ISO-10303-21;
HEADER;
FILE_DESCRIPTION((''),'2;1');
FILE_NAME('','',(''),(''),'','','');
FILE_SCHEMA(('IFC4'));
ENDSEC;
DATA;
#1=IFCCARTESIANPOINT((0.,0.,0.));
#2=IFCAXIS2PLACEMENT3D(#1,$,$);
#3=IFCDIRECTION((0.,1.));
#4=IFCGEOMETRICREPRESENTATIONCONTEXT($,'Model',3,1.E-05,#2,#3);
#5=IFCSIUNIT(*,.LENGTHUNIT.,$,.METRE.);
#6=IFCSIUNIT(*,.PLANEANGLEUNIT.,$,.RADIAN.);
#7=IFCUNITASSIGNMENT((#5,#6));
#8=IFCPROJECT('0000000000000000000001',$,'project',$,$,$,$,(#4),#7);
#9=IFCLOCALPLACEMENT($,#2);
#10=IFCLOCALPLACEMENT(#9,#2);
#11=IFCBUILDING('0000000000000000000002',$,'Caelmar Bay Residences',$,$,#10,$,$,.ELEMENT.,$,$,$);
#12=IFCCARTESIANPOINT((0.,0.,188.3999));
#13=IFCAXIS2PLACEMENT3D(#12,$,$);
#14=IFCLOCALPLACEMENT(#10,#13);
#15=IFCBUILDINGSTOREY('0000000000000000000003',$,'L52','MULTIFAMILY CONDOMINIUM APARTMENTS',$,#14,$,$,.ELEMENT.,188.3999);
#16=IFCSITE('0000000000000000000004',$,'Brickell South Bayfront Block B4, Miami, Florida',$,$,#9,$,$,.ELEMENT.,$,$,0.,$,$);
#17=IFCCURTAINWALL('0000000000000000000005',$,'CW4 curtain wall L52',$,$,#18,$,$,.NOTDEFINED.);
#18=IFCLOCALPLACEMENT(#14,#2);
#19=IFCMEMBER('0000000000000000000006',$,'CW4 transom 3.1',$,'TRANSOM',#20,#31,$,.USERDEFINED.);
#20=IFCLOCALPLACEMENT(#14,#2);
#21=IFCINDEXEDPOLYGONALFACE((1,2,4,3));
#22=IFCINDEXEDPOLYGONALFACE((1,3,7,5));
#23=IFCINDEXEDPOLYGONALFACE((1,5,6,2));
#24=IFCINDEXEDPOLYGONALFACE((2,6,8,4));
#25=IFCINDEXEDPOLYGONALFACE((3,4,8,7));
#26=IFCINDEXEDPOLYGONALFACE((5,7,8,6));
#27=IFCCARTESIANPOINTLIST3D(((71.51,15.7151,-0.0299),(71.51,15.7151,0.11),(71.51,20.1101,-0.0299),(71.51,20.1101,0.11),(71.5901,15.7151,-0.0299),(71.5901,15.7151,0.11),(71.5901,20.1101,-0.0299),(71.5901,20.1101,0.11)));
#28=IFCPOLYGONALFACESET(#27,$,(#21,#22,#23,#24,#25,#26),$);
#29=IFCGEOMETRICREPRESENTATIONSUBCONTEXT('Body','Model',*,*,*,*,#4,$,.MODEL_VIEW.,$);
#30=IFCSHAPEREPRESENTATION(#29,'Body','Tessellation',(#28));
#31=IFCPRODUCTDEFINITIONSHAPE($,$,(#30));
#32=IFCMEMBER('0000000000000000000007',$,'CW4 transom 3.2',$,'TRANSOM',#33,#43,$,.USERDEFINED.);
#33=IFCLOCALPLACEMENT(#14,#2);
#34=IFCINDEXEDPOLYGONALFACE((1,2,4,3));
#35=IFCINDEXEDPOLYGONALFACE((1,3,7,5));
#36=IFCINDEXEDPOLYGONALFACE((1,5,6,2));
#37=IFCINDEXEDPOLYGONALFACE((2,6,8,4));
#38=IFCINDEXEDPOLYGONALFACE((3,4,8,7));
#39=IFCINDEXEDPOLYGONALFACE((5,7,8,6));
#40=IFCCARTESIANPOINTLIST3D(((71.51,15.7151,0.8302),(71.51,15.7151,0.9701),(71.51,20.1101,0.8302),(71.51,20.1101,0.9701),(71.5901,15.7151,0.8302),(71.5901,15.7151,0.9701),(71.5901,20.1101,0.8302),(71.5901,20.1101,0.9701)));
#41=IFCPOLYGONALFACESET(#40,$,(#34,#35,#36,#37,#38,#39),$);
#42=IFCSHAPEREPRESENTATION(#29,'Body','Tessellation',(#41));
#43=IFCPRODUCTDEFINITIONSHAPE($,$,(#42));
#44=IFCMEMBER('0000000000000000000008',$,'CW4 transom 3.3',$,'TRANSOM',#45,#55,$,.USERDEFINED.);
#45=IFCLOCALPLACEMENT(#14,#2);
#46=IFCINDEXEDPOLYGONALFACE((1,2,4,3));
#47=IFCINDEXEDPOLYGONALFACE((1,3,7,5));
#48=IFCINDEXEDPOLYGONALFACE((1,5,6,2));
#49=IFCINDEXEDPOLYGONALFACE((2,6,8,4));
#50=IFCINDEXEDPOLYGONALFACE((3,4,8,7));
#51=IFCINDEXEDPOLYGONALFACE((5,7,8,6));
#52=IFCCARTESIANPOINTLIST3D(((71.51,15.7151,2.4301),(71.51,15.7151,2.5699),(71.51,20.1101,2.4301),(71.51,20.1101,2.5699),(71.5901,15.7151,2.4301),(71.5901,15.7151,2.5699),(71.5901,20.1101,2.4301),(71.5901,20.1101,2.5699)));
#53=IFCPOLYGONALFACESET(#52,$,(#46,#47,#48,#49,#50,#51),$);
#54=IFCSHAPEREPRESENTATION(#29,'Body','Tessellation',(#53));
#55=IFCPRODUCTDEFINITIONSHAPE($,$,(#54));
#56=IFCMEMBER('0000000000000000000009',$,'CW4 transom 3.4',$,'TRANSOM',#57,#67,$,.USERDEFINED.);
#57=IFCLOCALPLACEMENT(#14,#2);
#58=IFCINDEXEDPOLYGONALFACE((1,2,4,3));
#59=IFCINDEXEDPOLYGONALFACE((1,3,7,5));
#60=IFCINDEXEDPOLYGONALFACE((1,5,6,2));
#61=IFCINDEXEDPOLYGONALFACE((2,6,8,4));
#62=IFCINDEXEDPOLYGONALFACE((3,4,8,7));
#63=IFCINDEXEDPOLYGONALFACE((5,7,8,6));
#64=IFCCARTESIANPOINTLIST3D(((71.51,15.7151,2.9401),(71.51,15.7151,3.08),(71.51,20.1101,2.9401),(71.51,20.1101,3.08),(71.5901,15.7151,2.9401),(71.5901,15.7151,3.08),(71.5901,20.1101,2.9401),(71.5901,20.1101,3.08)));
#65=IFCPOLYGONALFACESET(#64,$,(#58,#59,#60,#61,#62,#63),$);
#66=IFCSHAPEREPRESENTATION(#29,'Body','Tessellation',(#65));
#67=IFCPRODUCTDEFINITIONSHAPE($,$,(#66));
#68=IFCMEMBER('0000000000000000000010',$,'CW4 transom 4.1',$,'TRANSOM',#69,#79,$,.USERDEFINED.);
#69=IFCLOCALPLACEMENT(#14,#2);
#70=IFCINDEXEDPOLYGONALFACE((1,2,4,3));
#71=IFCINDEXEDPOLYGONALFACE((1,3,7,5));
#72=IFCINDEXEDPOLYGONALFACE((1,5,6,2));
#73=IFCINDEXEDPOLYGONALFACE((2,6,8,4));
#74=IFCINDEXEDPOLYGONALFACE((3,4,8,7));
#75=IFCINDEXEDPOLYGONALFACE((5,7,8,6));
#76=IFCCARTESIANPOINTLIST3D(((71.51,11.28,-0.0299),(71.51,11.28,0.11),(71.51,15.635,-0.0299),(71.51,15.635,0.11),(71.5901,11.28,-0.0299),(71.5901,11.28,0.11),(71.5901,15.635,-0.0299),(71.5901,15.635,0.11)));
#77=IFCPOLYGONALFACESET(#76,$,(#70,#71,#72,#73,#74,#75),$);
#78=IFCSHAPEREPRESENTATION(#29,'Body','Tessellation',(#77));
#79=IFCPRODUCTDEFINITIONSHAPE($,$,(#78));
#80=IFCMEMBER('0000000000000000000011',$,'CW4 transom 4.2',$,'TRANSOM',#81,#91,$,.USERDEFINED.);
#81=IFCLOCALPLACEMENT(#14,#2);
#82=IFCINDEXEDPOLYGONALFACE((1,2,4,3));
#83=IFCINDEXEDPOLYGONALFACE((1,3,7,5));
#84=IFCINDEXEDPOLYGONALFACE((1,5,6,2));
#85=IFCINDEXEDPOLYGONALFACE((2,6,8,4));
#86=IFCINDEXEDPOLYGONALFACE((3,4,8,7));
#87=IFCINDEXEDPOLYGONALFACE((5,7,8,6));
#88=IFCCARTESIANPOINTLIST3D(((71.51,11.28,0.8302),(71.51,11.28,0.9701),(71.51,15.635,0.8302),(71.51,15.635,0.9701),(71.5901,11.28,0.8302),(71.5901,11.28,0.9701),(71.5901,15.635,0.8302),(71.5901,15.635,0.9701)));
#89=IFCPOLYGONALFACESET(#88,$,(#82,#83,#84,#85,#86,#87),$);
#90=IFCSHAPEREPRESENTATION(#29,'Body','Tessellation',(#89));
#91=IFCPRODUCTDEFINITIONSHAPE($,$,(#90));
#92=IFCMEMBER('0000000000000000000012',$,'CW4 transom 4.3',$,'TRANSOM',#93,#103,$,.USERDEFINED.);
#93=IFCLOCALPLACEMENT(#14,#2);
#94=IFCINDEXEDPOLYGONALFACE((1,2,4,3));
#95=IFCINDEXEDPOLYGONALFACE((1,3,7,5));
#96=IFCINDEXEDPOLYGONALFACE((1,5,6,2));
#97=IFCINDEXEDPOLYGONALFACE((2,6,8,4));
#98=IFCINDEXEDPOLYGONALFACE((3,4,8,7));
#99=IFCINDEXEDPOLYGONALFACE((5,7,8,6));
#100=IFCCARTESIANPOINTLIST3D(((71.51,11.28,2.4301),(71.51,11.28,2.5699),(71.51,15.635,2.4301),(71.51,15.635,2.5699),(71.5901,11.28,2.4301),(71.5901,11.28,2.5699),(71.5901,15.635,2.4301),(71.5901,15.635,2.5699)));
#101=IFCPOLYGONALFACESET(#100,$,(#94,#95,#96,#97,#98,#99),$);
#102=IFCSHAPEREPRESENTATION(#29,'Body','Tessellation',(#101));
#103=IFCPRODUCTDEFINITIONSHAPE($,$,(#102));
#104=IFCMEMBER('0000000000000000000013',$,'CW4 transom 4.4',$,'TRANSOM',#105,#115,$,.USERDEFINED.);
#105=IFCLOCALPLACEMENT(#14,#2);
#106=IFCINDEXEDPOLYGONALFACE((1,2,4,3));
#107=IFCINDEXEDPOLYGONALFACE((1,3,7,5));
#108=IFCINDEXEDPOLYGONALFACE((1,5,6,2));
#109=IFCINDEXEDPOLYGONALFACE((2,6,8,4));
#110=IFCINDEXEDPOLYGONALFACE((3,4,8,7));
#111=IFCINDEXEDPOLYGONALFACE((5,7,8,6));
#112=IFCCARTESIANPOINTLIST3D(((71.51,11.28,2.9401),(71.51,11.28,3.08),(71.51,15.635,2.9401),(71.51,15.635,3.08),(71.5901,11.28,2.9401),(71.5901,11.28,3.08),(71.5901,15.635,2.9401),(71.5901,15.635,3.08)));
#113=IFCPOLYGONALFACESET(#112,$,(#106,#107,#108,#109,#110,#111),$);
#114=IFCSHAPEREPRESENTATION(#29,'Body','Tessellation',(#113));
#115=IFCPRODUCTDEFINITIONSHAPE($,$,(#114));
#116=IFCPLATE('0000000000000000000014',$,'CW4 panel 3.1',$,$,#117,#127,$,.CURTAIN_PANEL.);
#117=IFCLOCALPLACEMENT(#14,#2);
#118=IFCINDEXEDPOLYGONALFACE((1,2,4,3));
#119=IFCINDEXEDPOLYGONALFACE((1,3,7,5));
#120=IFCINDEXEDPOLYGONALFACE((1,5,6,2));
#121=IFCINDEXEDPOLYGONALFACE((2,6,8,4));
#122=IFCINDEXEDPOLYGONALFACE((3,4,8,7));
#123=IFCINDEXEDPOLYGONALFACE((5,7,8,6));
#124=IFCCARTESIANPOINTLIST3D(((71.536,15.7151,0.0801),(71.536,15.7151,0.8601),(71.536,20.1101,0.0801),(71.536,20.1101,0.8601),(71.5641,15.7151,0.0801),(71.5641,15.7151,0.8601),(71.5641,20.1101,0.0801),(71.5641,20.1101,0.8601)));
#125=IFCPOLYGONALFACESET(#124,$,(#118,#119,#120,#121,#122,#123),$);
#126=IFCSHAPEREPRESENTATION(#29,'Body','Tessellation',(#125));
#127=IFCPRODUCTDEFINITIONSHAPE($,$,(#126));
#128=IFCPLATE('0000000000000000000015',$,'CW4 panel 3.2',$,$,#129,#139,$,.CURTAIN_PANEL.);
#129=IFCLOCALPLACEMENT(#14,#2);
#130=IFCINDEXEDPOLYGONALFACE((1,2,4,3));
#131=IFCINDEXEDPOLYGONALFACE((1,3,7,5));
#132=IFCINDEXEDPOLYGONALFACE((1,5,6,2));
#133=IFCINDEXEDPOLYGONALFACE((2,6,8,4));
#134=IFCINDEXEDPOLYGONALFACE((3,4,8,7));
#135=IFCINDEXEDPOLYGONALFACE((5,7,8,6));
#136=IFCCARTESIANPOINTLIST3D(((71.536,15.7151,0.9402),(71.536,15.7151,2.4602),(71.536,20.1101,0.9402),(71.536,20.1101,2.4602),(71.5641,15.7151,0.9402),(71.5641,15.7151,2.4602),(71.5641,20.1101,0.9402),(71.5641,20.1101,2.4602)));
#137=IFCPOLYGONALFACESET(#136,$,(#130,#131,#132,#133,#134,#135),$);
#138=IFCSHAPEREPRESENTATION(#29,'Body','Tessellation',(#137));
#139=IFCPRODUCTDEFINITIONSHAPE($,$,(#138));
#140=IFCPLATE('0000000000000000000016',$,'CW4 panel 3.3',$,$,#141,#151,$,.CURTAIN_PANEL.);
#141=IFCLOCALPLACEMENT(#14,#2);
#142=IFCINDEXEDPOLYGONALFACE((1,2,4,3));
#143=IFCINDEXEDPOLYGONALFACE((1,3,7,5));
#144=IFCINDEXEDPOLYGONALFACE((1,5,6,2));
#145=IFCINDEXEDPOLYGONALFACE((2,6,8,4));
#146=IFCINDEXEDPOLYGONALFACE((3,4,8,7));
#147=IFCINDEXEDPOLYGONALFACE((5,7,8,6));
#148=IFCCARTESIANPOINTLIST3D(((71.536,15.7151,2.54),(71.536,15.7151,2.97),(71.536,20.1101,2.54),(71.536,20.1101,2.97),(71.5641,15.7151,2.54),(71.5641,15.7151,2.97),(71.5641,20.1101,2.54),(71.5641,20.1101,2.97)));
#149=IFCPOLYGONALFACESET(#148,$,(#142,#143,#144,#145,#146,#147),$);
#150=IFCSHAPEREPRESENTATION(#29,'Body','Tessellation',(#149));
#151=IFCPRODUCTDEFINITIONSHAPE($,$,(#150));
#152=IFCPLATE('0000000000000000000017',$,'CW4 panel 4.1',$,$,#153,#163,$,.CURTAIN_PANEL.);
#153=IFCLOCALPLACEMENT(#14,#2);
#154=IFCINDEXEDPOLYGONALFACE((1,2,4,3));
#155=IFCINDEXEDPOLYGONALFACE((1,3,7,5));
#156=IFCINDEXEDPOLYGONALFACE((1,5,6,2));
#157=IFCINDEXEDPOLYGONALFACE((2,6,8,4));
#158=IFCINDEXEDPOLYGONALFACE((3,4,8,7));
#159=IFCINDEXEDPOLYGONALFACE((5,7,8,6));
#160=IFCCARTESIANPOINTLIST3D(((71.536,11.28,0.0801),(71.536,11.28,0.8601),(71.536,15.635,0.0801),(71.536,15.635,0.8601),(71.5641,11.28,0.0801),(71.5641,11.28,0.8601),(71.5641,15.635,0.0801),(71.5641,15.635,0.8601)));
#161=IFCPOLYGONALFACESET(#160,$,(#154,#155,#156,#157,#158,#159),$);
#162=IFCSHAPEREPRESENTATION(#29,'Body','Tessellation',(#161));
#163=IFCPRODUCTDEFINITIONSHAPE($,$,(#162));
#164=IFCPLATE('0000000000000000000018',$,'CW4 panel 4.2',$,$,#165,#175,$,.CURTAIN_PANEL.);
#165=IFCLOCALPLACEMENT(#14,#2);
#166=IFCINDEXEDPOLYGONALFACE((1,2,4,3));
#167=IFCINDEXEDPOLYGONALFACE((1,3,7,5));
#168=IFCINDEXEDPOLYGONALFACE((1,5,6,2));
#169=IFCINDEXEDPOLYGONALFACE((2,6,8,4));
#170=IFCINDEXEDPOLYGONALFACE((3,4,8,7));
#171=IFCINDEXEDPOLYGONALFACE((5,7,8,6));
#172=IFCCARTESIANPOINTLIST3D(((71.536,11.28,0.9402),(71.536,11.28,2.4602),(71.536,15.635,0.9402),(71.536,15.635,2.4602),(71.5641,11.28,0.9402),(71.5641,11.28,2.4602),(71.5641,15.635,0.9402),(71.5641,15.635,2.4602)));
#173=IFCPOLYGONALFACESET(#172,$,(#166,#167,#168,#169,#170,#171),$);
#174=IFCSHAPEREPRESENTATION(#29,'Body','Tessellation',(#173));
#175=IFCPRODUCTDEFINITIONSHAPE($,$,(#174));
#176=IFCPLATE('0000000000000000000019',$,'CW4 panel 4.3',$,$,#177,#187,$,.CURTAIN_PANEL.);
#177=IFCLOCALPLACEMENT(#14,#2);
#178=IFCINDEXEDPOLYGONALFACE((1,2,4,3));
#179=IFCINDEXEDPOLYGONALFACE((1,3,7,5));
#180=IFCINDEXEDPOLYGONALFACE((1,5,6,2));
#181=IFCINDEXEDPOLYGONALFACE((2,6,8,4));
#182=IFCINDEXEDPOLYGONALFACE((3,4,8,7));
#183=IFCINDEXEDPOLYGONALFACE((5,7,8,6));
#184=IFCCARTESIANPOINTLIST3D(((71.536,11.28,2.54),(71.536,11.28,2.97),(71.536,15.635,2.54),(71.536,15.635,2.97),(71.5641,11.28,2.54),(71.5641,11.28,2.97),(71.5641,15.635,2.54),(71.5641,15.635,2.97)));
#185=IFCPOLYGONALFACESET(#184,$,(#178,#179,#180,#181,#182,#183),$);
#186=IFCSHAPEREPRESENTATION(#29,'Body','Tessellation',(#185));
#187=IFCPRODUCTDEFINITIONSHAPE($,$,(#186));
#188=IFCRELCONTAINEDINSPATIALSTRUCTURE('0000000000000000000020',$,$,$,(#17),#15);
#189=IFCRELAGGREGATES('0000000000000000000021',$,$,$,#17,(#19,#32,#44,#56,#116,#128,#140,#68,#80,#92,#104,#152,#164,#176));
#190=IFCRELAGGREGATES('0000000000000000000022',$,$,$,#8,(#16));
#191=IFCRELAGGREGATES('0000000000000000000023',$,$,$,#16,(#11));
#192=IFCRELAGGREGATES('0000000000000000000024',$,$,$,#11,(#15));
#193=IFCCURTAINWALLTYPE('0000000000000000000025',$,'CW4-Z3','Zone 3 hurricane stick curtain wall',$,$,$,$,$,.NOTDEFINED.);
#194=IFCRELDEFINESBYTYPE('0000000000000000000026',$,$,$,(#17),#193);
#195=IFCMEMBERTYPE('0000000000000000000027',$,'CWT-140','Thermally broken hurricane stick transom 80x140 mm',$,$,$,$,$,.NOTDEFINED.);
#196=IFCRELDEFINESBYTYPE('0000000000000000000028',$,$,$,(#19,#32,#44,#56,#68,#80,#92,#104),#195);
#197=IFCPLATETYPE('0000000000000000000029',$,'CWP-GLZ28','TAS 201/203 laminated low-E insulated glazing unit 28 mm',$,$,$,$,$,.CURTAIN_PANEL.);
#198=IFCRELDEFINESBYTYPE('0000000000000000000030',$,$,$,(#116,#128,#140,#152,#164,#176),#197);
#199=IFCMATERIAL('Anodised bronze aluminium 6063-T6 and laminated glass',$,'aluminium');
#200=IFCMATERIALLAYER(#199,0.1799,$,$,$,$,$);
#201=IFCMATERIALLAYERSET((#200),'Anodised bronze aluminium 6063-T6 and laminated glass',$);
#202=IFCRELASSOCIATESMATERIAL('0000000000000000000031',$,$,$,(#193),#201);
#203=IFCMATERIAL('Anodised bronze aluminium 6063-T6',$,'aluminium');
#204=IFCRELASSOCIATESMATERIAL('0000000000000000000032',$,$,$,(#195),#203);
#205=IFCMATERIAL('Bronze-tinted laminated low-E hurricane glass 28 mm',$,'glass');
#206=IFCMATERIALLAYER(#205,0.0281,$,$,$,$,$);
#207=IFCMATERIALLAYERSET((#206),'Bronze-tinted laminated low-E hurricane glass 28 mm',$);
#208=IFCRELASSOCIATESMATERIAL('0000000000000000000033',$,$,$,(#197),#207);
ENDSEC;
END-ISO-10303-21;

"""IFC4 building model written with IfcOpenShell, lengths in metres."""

from ifc_helpers import new_model, si_unit, direction, frame, origin, origin_2d, place, context, subcontext, project, spatial, rectangle, extrude, material, layer, layer_set, material_profile, profile_set, type_object, element, aggregate, save


model = new_model("IFC4")

# Units and contexts
model_context = context("Model", 3, precision=1e-05, world=origin(), true_north=direction((0.0, 1.0)))
body_context = subcontext(model_context, "Body", "Model", "MODEL_VIEW")
ifc_project = project(units=[si_unit("LENGTHUNIT", "METRE"), si_unit("PLANEANGLEUNIT", "RADIAN")], contexts=[model_context])

# Site, building, storey
site_placement = place(None, origin())
site = spatial("IfcSite", under=ifc_project, at=site_placement, Name="Brickell South Bayfront Block B4, Miami, Florida", CompositionType="ELEMENT", RefElevation=0.0)
building_placement = place(site_placement, origin())
building = spatial("IfcBuilding", under=site, at=building_placement, Name="Caelmar Bay Residences", CompositionType="ELEMENT")
storey_placement = place(building_placement, frame((0.0, 0.0, 188.3999)))
storey = spatial("IfcBuildingStorey", under=building, at=storey_placement, Name="L52", Description="MULTIFAMILY CONDOMINIUM APARTMENTS", CompositionType="ELEMENT", Elevation=188.3999)

# Curtain wall, members, plates
ifc_material_1 = material(Name="Anodised bronze aluminium 6063-T6 and laminated glass", Category="aluminium")
ifc_layer_1 = layer(ifc_material_1, 0.1799)
ifc_layer_set_1 = layer_set([ifc_layer_1], Name="Anodised bronze aluminium 6063-T6 and laminated glass")
curtain_wall_type = type_object("IfcCurtainWallType", Name="CW4-Z3", Description="Zone 3 hurricane stick curtain wall", PredefinedType="NOTDEFINED", material=ifc_layer_set_1)
curtain_wall_placement = place(storey_placement, origin())
curtain_wall = element("IfcCurtainWall", 1, at=curtain_wall_placement, inside=storey, type_object=curtain_wall_type, Name="CW4 curtain wall L52", PredefinedType="NOTDEFINED")
ifc_material_2 = material(Name="Anodised bronze aluminium 6063-T6", Category="aluminium")
ifc_material_profile_1 = material_profile(ifc_material_2, rectangle(XDim=0.0801, YDim=0.1399, at=origin_2d()), Name="CWT-80X140")
ifc_profile_set_1 = profile_set([ifc_material_profile_1], Name="Anodised bronze aluminium 6063-T6")
member_type_1 = type_object("IfcMemberType", Name="CWT-140", Description="Thermally broken hurricane stick transom 80x140 mm", PredefinedType="NOTDEFINED", material=ifc_profile_set_1)
member_1_placement = place(storey_placement, frame((71.55, 20.1101, 0.04), z_axis=(0.0, -1.0, 0.0), x_axis=(1.0, 0.0, 0.0)))
member_1 = element("IfcMember", 2, at=member_1_placement, type_object=member_type_1, Name="CW4 transom 3.1", ObjectType="TRANSOM", PredefinedType="USERDEFINED", context=body_context, shape_type="SweptSolid", body=[
    extrude(rectangle(XDim=0.0801, YDim=0.1399, at=origin_2d()), origin(), (0.0, 0.0, 1.0), 4.395),
])
member_2_placement = place(storey_placement, frame((71.55, 20.1101, 0.9001), z_axis=(0.0, -1.0, 0.0), x_axis=(1.0, 0.0, 0.0)))
member_2 = element("IfcMember", 3, at=member_2_placement, type_object=member_type_1, Name="CW4 transom 3.2", ObjectType="TRANSOM", PredefinedType="USERDEFINED", context=body_context, shape_type="SweptSolid", body=[
    extrude(rectangle(XDim=0.0801, YDim=0.1399, at=origin_2d()), origin(), (0.0, 0.0, 1.0), 4.395),
])
member_3_placement = place(storey_placement, frame((71.55, 20.1101, 2.5), z_axis=(0.0, -1.0, 0.0), x_axis=(1.0, 0.0, 0.0)))
member_3 = element("IfcMember", 4, at=member_3_placement, type_object=member_type_1, Name="CW4 transom 3.3", ObjectType="TRANSOM", PredefinedType="USERDEFINED", context=body_context, shape_type="SweptSolid", body=[
    extrude(rectangle(XDim=0.0801, YDim=0.1399, at=origin_2d()), origin(), (0.0, 0.0, 1.0), 4.395),
])
member_4_placement = place(storey_placement, frame((71.55, 20.1101, 3.01), z_axis=(0.0, -1.0, 0.0), x_axis=(1.0, 0.0, 0.0)))
member_4 = element("IfcMember", 5, at=member_4_placement, type_object=member_type_1, Name="CW4 transom 3.4", ObjectType="TRANSOM", PredefinedType="USERDEFINED", context=body_context, shape_type="SweptSolid", body=[
    extrude(rectangle(XDim=0.0801, YDim=0.1399, at=origin_2d()), origin(), (0.0, 0.0, 1.0), 4.395),
])
member_5_placement = place(storey_placement, frame((71.55, 15.635, 0.04), z_axis=(0.0, -1.0, 0.0), x_axis=(1.0, 0.0, 0.0)))
member_5 = element("IfcMember", 6, at=member_5_placement, type_object=member_type_1, Name="CW4 transom 4.1", ObjectType="TRANSOM", PredefinedType="USERDEFINED", context=body_context, shape_type="SweptSolid", body=[
    extrude(rectangle(XDim=0.0801, YDim=0.1399, at=origin_2d()), origin(), (0.0, 0.0, 1.0), 4.355),
])
member_6_placement = place(storey_placement, frame((71.55, 15.635, 0.9001), z_axis=(0.0, -1.0, 0.0), x_axis=(1.0, 0.0, 0.0)))
member_6 = element("IfcMember", 7, at=member_6_placement, type_object=member_type_1, Name="CW4 transom 4.2", ObjectType="TRANSOM", PredefinedType="USERDEFINED", context=body_context, shape_type="SweptSolid", body=[
    extrude(rectangle(XDim=0.0801, YDim=0.1399, at=origin_2d()), origin(), (0.0, 0.0, 1.0), 4.355),
])
member_7_placement = place(storey_placement, frame((71.55, 15.635, 2.5), z_axis=(0.0, -1.0, 0.0), x_axis=(1.0, 0.0, 0.0)))
member_7 = element("IfcMember", 8, at=member_7_placement, type_object=member_type_1, Name="CW4 transom 4.3", ObjectType="TRANSOM", PredefinedType="USERDEFINED", context=body_context, shape_type="SweptSolid", body=[
    extrude(rectangle(XDim=0.0801, YDim=0.1399, at=origin_2d()), origin(), (0.0, 0.0, 1.0), 4.355),
])
member_8_placement = place(storey_placement, frame((71.55, 15.635, 3.01), z_axis=(0.0, -1.0, 0.0), x_axis=(1.0, 0.0, 0.0)))
member_8 = element("IfcMember", 9, at=member_8_placement, type_object=member_type_1, Name="CW4 transom 4.4", ObjectType="TRANSOM", PredefinedType="USERDEFINED", context=body_context, shape_type="SweptSolid", body=[
    extrude(rectangle(XDim=0.0801, YDim=0.1399, at=origin_2d()), origin(), (0.0, 0.0, 1.0), 4.355),
])
ifc_material_3 = material(Name="Bronze-tinted laminated low-E hurricane glass 28 mm", Category="glass")
ifc_layer_2 = layer(ifc_material_3, 0.0281)
ifc_layer_set_2 = layer_set([ifc_layer_2], Name="Bronze-tinted laminated low-E hurricane glass 28 mm")
plate_type = type_object("IfcPlateType", Name="CWP-GLZ28", Description="TAS 201/203 laminated low-E insulated glazing unit 28 mm", PredefinedType="CURTAIN_PANEL", material=ifc_layer_set_2)
plate_1_placement = place(storey_placement, frame((71.55, 17.9126, 0.0801), z_axis=(0.0, 0.0, 1.0), x_axis=(0.0, -1.0, 0.0)))
plate_1 = element("IfcPlate", 10, at=plate_1_placement, type_object=plate_type, Name="CW4 panel 3.1", PredefinedType="CURTAIN_PANEL", context=body_context, shape_type="SweptSolid", body=[
    extrude(rectangle(XDim=4.395, YDim=0.0281, at=origin_2d()), origin(), (0.0, 0.0, 1.0), 0.78),
])
plate_2_placement = place(storey_placement, frame((71.55, 17.9126, 0.9402), z_axis=(0.0, 0.0, 1.0), x_axis=(0.0, -1.0, 0.0)))
plate_2 = element("IfcPlate", 11, at=plate_2_placement, type_object=plate_type, Name="CW4 panel 3.2", PredefinedType="CURTAIN_PANEL", context=body_context, shape_type="SweptSolid", body=[
    extrude(rectangle(XDim=4.395, YDim=0.0281, at=origin_2d()), origin(), (0.0, 0.0, 1.0), 1.52),
])
plate_3_placement = place(storey_placement, frame((71.55, 17.9126, 2.54), z_axis=(0.0, 0.0, 1.0), x_axis=(0.0, -1.0, 0.0)))
plate_3 = element("IfcPlate", 12, at=plate_3_placement, type_object=plate_type, Name="CW4 panel 3.3", PredefinedType="CURTAIN_PANEL", context=body_context, shape_type="SweptSolid", body=[
    extrude(rectangle(XDim=4.395, YDim=0.0281, at=origin_2d()), origin(), (0.0, 0.0, 1.0), 0.4299),
])
plate_4_placement = place(storey_placement, frame((71.55, 13.4575, 0.0801), z_axis=(0.0, 0.0, 1.0), x_axis=(0.0, -1.0, 0.0)))
plate_4 = element("IfcPlate", 13, at=plate_4_placement, type_object=plate_type, Name="CW4 panel 4.1", PredefinedType="CURTAIN_PANEL", context=body_context, shape_type="SweptSolid", body=[
    extrude(rectangle(XDim=4.355, YDim=0.0281, at=origin_2d()), origin(), (0.0, 0.0, 1.0), 0.78),
])
plate_5_placement = place(storey_placement, frame((71.55, 13.4575, 0.9402), z_axis=(0.0, 0.0, 1.0), x_axis=(0.0, -1.0, 0.0)))
plate_5 = element("IfcPlate", 14, at=plate_5_placement, type_object=plate_type, Name="CW4 panel 4.2", PredefinedType="CURTAIN_PANEL", context=body_context, shape_type="SweptSolid", body=[
    extrude(rectangle(XDim=4.355, YDim=0.0281, at=origin_2d()), origin(), (0.0, 0.0, 1.0), 1.52),
])
plate_6_placement = place(storey_placement, frame((71.55, 13.4575, 2.54), z_axis=(0.0, 0.0, 1.0), x_axis=(0.0, -1.0, 0.0)))
plate_6 = element("IfcPlate", 15, at=plate_6_placement, type_object=plate_type, Name="CW4 panel 4.3", PredefinedType="CURTAIN_PANEL", context=body_context, shape_type="SweptSolid", body=[
    extrude(rectangle(XDim=4.355, YDim=0.0281, at=origin_2d()), origin(), (0.0, 0.0, 1.0), 0.4299),
])
aggregate(curtain_wall, [member_1, member_2, member_3, member_4, plate_1, plate_2, plate_3, member_5, member_6, member_7, member_8, plate_4, plate_5, plate_6])

save(model, "model.ifc")
